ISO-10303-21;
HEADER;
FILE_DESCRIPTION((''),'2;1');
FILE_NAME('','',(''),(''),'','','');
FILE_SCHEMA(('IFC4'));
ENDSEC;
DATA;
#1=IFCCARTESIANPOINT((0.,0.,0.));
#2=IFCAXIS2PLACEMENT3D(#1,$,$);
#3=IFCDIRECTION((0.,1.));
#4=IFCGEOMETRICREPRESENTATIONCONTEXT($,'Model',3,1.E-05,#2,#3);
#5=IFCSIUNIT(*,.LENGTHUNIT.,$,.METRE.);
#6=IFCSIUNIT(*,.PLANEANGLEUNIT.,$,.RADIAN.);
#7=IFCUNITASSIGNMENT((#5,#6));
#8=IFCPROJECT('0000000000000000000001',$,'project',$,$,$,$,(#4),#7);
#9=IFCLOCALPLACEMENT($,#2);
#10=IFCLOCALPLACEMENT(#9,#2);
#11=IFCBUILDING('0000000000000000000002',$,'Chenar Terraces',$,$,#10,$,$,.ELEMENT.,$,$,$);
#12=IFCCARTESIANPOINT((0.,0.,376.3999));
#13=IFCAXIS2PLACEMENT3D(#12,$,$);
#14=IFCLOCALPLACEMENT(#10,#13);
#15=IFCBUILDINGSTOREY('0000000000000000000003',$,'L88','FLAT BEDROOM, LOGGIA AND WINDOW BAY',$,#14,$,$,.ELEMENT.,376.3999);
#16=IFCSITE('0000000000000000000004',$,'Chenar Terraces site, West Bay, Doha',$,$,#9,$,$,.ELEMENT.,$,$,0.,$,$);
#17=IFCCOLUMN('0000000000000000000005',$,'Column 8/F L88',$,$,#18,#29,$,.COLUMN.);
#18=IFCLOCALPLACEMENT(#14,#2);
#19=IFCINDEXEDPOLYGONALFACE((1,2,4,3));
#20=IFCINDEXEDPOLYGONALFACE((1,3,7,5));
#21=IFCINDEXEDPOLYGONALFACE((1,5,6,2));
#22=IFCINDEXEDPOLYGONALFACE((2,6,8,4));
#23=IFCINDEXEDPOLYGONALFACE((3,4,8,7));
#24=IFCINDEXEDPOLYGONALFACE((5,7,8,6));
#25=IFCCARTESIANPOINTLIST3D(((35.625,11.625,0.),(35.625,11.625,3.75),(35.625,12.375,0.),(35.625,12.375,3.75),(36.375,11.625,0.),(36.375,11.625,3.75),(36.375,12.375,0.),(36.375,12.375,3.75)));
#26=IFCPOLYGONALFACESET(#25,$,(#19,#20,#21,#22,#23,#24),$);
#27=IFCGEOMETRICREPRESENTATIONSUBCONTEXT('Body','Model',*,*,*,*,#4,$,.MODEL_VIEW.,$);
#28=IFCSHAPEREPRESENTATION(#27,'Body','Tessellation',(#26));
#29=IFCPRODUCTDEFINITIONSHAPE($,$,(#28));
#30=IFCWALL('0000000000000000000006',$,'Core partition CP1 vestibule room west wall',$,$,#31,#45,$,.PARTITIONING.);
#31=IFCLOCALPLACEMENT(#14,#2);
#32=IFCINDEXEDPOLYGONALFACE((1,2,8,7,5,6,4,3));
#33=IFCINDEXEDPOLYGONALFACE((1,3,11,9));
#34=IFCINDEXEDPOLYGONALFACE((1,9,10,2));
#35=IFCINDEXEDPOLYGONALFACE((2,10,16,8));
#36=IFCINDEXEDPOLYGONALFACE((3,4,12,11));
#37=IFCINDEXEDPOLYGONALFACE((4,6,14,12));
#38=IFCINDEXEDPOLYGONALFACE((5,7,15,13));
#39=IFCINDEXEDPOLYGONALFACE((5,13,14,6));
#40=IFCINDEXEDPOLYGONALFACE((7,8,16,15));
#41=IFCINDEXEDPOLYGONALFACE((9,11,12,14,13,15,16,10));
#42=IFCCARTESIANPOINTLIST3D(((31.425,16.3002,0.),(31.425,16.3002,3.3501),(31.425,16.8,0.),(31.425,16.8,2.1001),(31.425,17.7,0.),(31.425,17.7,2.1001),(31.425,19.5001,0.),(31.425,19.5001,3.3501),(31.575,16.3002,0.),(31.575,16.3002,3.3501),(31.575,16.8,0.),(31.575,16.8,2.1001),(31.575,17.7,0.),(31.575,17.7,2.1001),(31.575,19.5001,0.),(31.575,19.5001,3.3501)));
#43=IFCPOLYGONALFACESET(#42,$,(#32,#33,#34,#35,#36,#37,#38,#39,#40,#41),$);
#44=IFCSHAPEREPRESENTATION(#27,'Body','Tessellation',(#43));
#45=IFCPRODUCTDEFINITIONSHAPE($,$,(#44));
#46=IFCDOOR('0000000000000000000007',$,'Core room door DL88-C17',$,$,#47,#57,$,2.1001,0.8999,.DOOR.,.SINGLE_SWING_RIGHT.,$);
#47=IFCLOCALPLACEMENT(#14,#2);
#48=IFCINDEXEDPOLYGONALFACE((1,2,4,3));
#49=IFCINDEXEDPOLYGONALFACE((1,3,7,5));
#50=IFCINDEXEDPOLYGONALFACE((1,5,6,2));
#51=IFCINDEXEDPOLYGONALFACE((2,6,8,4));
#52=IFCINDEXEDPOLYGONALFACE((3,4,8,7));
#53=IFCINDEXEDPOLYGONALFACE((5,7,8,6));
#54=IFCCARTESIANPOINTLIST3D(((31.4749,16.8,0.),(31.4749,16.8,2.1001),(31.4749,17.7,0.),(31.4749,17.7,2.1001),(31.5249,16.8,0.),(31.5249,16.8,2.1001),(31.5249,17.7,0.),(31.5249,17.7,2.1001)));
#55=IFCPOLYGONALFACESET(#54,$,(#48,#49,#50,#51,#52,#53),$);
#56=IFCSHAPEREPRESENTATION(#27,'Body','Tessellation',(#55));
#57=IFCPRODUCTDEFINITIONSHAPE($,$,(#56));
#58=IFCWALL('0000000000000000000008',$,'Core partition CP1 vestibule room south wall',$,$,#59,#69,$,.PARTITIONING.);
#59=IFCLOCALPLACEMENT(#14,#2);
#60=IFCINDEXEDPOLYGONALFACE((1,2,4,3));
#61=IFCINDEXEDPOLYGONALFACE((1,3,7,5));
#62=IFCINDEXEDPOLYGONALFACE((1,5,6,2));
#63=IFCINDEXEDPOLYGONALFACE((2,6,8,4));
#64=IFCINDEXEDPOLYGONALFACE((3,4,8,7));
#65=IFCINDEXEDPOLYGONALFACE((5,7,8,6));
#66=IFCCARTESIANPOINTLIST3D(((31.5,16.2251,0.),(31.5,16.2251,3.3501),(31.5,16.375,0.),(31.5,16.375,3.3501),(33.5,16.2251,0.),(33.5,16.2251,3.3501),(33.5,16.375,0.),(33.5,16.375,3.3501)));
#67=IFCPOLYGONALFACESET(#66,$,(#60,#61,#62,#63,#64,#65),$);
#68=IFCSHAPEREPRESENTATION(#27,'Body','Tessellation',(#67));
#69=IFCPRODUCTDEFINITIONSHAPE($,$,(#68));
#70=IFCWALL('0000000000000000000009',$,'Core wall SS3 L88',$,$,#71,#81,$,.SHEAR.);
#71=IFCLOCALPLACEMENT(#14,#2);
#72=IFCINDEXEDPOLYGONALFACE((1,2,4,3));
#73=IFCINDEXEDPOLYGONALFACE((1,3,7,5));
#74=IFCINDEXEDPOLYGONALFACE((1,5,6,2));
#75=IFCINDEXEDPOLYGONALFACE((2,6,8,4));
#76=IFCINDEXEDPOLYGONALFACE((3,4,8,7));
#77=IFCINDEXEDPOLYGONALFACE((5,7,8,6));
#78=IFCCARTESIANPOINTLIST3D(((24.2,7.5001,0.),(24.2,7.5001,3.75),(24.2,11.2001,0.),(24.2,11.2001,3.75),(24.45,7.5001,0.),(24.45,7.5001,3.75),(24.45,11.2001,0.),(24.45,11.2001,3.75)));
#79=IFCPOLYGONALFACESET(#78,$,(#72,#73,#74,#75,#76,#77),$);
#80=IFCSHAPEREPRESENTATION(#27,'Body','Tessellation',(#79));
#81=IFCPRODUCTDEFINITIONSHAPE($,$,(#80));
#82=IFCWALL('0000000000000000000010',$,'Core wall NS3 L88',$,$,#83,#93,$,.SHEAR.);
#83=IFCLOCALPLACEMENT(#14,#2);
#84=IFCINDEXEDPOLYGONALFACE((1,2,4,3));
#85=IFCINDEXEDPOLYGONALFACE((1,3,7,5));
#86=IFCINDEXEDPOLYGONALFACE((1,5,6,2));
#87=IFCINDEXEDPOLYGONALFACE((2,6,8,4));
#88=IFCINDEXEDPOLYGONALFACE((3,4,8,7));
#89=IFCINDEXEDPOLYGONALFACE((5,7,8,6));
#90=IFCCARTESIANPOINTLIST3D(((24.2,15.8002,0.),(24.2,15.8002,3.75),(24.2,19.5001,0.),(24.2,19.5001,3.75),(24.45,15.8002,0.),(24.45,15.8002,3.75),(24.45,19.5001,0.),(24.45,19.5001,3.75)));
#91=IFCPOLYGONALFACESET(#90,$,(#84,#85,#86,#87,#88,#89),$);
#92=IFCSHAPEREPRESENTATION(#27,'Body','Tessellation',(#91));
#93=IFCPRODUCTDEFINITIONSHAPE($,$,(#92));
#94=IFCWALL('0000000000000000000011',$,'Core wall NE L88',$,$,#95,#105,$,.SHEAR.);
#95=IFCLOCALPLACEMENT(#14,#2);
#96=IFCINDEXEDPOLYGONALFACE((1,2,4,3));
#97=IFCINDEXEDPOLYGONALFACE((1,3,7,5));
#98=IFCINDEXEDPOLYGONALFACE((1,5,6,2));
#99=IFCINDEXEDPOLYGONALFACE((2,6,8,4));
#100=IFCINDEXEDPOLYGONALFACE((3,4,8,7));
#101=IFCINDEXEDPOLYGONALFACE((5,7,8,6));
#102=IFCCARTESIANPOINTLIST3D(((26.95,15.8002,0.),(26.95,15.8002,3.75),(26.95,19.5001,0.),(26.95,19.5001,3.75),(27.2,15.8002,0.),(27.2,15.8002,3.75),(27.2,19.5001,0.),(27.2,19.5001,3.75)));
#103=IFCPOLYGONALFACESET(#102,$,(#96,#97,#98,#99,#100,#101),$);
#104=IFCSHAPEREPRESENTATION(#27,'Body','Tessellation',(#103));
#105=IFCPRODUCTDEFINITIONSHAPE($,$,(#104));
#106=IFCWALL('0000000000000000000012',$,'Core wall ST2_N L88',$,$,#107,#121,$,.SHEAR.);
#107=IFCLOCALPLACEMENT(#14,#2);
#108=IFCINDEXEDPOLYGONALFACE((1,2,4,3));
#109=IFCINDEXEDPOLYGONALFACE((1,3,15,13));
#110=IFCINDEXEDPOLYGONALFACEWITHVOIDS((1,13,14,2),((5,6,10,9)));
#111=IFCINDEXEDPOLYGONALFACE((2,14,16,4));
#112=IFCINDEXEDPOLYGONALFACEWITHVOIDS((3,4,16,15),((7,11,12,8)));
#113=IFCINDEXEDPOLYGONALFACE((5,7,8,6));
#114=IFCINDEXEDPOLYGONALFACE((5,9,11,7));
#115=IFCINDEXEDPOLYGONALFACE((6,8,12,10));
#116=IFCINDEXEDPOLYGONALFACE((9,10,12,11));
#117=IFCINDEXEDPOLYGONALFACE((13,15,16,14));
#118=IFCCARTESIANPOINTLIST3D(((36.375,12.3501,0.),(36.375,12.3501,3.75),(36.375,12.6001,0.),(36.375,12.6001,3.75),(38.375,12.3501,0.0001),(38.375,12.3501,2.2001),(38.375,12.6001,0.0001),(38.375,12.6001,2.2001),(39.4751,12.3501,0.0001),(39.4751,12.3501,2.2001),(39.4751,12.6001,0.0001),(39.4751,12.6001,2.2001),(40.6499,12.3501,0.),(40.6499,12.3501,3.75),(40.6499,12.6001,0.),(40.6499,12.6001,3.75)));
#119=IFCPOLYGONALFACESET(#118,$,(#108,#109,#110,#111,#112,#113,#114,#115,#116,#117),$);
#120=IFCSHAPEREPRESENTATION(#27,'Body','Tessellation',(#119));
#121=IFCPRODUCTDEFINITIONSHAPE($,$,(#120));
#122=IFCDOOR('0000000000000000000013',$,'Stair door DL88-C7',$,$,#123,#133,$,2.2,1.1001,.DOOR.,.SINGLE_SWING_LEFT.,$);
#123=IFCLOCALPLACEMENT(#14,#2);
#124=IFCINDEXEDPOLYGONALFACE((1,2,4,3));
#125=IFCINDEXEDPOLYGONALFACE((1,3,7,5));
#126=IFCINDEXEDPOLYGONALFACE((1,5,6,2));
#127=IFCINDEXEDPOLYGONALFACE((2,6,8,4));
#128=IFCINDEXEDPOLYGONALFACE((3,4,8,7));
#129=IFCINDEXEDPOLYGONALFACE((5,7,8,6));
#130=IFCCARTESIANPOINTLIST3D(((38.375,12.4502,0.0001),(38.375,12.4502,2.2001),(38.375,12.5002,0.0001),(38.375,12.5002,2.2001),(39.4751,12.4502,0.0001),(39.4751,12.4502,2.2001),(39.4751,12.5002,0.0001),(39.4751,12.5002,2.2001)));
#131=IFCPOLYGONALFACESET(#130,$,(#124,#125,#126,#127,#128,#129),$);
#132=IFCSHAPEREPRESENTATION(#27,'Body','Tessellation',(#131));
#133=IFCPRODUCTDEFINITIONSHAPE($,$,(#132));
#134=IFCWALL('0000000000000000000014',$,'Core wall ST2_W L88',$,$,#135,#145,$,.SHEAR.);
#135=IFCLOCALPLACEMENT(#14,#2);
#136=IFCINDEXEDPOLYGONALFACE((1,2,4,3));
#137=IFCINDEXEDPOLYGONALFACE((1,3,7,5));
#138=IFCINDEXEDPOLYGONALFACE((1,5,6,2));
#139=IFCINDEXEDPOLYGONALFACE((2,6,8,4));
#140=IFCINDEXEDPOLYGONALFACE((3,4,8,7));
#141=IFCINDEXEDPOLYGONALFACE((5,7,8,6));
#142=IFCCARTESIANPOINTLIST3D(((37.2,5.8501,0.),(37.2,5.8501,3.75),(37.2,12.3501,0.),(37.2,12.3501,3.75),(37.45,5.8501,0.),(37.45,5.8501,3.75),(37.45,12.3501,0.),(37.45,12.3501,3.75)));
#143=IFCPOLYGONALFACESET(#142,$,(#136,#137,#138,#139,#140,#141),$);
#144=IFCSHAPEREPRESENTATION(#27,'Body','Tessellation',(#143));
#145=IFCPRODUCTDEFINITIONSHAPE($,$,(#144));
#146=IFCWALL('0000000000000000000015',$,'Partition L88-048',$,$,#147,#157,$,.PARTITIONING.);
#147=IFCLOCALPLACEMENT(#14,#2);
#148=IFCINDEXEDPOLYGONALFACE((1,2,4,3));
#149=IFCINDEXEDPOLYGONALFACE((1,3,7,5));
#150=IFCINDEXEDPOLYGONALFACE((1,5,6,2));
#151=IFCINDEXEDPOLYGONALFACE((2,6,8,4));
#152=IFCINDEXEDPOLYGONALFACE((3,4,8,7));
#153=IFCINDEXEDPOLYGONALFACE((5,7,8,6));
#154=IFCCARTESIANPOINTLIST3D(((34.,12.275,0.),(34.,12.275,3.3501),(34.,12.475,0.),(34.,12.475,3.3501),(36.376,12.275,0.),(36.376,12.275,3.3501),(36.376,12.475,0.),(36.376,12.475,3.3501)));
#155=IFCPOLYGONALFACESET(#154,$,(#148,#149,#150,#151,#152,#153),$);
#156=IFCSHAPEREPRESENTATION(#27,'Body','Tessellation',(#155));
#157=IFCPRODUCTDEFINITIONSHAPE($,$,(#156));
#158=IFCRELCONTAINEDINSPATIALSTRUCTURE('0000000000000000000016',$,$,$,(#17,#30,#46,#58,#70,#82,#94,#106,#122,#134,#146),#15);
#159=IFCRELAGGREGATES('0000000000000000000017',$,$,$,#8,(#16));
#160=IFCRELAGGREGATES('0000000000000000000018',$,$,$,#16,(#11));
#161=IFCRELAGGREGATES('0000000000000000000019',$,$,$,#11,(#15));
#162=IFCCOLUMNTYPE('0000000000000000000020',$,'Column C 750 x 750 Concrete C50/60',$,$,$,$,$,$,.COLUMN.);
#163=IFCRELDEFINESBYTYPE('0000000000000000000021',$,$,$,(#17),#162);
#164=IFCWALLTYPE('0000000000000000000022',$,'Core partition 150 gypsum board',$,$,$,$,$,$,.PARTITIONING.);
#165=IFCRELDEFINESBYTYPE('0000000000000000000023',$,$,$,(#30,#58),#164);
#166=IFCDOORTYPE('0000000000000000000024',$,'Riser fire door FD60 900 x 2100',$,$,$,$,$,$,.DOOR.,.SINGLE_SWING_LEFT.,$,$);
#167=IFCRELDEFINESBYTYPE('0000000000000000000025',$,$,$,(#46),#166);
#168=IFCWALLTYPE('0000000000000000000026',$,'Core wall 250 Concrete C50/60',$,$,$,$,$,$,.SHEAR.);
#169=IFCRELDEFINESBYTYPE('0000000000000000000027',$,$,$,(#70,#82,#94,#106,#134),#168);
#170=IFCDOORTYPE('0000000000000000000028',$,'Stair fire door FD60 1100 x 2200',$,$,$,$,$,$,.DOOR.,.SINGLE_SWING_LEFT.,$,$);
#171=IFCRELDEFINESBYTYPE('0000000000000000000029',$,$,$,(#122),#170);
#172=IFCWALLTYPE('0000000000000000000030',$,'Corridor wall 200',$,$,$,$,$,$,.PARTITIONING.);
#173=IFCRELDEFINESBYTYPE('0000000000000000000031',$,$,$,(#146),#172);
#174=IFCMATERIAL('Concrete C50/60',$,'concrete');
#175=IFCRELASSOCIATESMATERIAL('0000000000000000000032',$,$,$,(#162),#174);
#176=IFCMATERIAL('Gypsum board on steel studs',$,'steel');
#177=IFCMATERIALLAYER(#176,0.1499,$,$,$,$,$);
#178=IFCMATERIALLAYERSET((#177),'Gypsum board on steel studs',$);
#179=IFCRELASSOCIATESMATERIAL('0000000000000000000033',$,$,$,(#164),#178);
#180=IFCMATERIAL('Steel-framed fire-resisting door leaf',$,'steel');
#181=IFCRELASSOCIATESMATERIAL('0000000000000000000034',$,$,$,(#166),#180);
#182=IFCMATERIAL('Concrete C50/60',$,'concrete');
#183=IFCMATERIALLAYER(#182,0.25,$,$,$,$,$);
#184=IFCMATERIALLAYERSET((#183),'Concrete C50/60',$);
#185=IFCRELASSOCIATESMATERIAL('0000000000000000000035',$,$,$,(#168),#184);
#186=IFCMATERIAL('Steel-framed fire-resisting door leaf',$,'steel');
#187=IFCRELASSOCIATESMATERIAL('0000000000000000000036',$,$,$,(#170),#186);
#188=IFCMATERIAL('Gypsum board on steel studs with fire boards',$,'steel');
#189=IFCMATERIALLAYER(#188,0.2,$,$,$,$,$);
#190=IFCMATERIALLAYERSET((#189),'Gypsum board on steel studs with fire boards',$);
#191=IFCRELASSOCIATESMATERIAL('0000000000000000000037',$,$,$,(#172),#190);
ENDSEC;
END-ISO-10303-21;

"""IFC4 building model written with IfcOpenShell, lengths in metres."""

from ifc_helpers import new_model, si_unit, direction, frame, frame_2d, origin, origin_2d, place, context, subcontext, project, spatial, rectangle, extrude, material, layer, layer_set, material_profile, profile_set, type_object, element, fill, save


model = new_model("IFC4")

# Units and contexts
model_context = context("Model", 3, precision=1e-05, world=origin(), true_north=direction((0.0, 1.0)))
body_context = subcontext(model_context, "Body", "Model", "MODEL_VIEW")
ifc_project = project(units=[si_unit("LENGTHUNIT", "METRE"), si_unit("PLANEANGLEUNIT", "RADIAN")], contexts=[model_context])

# Site, building, storey
site_placement = place(None, origin())
site = spatial("IfcSite", under=ifc_project, at=site_placement, Name="Chenar Terraces site, West Bay, Doha", CompositionType="ELEMENT", RefElevation=0.0)
building_placement = place(site_placement, origin())
building = spatial("IfcBuilding", under=site, at=building_placement, Name="Chenar Terraces", CompositionType="ELEMENT")
storey_placement = place(building_placement, frame((0.0, 0.0, 376.3999)))
storey = spatial("IfcBuildingStorey", under=building, at=storey_placement, Name="L88", Description="FLAT BEDROOM, LOGGIA AND WINDOW BAY", CompositionType="ELEMENT", Elevation=376.3999)

# Column
ifc_material_1 = material(Name="Concrete C50/60", Category="concrete")
ifc_material_profile = material_profile(ifc_material_1, rectangle(XDim=0.75, YDim=0.75, at=origin_2d()), Name="C 750 x 750")
ifc_profile_set = profile_set([ifc_material_profile], Name="Concrete C50/60")
column_type = type_object("IfcColumnType", Name="Column C 750 x 750 Concrete C50/60", PredefinedType="COLUMN", material=ifc_profile_set)
column_placement = place(storey_placement, frame((36.0, 12.0, 0.0), z_axis=(0.0, 0.0, 1.0), x_axis=(1.0, 0.0, 0.0)))
element("IfcColumn", 1, at=column_placement, inside=storey, type_object=column_type, Name="Column 8/F L88", PredefinedType="COLUMN", context=body_context, shape_type="SweptSolid", body=[
    extrude(rectangle(XDim=0.75, YDim=0.75, at=origin_2d()), origin(), (0.0, 0.0, 1.0), 3.75),
])

# Wall, opening, door
ifc_material_2 = material(Name="Gypsum board on steel studs", Category="steel")
ifc_layer_1 = layer(ifc_material_2, 0.1499)
ifc_layer_set_1 = layer_set([ifc_layer_1], Name="Gypsum board on steel studs")
wall_type_1 = type_object("IfcWallType", Name="Core partition 150 gypsum board", PredefinedType="PARTITIONING", material=ifc_layer_set_1)
wall_1_placement = place(storey_placement, frame((31.5, 16.3, 0.0), z_axis=(0.0, 0.0, 1.0), x_axis=(0.0, 1.0, 0.0)))
wall_1 = element("IfcWall", 2, at=wall_1_placement, inside=storey, type_object=wall_type_1, Name="Core partition CP1 vestibule room west wall", PredefinedType="PARTITIONING", context=body_context, shape_type="SweptSolid", body=[
    extrude(rectangle(XDim=3.2, YDim=0.1499, at=frame_2d((1.6001, 0.0))), origin(), (0.0, 0.0, 1.0), 3.3501),
])
opening_1_placement = place(wall_1_placement, frame((0.5, 0.0, 0.0)))
opening_1 = element("IfcOpeningElement", 3, at=opening_1_placement, cuts=wall_1, PredefinedType="OPENING", context=body_context, shape_type="SweptSolid", body=[
    extrude(rectangle(XDim=0.8999, YDim=2.1001, at=frame_2d((0.45, 1.05))), frame((0.0, 0.085, 0.0), z_axis=(0.0, -1.0, 0.0), x_axis=(1.0, 0.0, 0.0)), (0.0, 0.0, 1.0), 0.1699),
])
ifc_material_3 = material(Name="Steel-framed fire-resisting door leaf", Category="steel")
door_type_1 = type_object("IfcDoorType", Name="Riser fire door FD60 900 x 2100", OperationType="SINGLE_SWING_LEFT", PredefinedType="DOOR", material=ifc_material_3)
door_1_placement = place(opening_1_placement, frame((0.8999, 0.0, 0.0), z_axis=(0.0, 0.0, 1.0), x_axis=(-1.0, 0.0, 0.0)))
door_1 = element("IfcDoor", 4, at=door_1_placement, inside=storey, type_object=door_type_1, Name="Core room door DL88-C17", OperationType="SINGLE_SWING_RIGHT", OverallHeight=2.1001, OverallWidth=0.8999, PredefinedType="DOOR", context=body_context, shape_type="SweptSolid", body=[
    extrude(rectangle(XDim=0.8999, YDim=2.1001, at=frame_2d((0.45, 1.05))), frame((0.0, 0.0249, 0.0), z_axis=(0.0, -1.0, 0.0), x_axis=(1.0, 0.0, 0.0)), (0.0, 0.0, 1.0), 0.05),
])
fill(opening_1, door_1)

# Walls
wall_2_placement = place(storey_placement, frame((31.5, 16.3, 0.0), z_axis=(0.0, 0.0, 1.0), x_axis=(1.0, 0.0, 0.0)))
element("IfcWall", 5, at=wall_2_placement, inside=storey, type_object=wall_type_1, Name="Core partition CP1 vestibule room south wall", PredefinedType="PARTITIONING", context=body_context, shape_type="SweptSolid", body=[
    extrude(rectangle(XDim=2.0, YDim=0.1499, at=frame_2d((1.0, 0.0))), origin(), (0.0, 0.0, 1.0), 3.3501),
])
ifc_material_4 = material(Name="Concrete C50/60", Category="concrete")
ifc_layer_2 = layer(ifc_material_4, 0.25)
ifc_layer_set_2 = layer_set([ifc_layer_2], Name="Concrete C50/60")
wall_type_2 = type_object("IfcWallType", Name="Core wall 250 Concrete C50/60", PredefinedType="SHEAR", material=ifc_layer_set_2)
for number, where, z_axis, x_axis, name in (
    (6, (24.325, 7.5, 0.0), (0.0, 0.0, 1.0), (0.0, 1.0, 0.0), "Core wall SS3 L88"),
    (7, (24.325, 15.8, 0.0), (0.0, 0.0, 1.0), (0.0, 1.0, 0.0), "Core wall NS3 L88"),
    (8, (27.075, 15.8, 0.0), (0.0, 0.0, 1.0), (0.0, 1.0, 0.0), "Core wall NE L88"),
):
    element("IfcWall", number, at=place(storey_placement, frame(where, z_axis=z_axis, x_axis=x_axis)), inside=storey, type_object=wall_type_2, Name=name, PredefinedType="SHEAR", context=body_context, shape_type="SweptSolid", body=[
        extrude(rectangle(XDim=3.7, YDim=0.25, at=frame_2d((1.8501, 0.0))), origin(), (0.0, 0.0, 1.0), 3.75),
    ])

# Wall, opening, door
wall_3_placement = place(storey_placement, frame((36.375, 12.4751, 0.0), z_axis=(0.0, 0.0, 1.0), x_axis=(1.0, 0.0, 0.0)))
wall_3 = element("IfcWall", 9, at=wall_3_placement, inside=storey, type_object=wall_type_2, Name="Core wall ST2_N L88", PredefinedType="SHEAR", context=body_context, shape_type="SweptSolid", body=[
    extrude(rectangle(XDim=4.2749, YDim=0.25, at=frame_2d((2.1375, 0.0))), origin(), (0.0, 0.0, 1.0), 3.75),
])
opening_2_placement = place(wall_3_placement, frame((2.0, 0.0, 0.0)))
opening_2 = element("IfcOpeningElement", 10, at=opening_2_placement, cuts=wall_3, PredefinedType="OPENING", context=body_context, shape_type="SweptSolid", body=[
    extrude(rectangle(XDim=1.1001, YDim=2.2, at=frame_2d((0.55, 1.1001))), frame((0.0, 0.135, 0.0), z_axis=(0.0, -1.0, 0.0), x_axis=(1.0, 0.0, 0.0)), (0.0, 0.0, 1.0), 0.27),
])
ifc_material_5 = material(Name="Steel-framed fire-resisting door leaf", Category="steel")
door_type_2 = type_object("IfcDoorType", Name="Stair fire door FD60 1100 x 2200", OperationType="SINGLE_SWING_LEFT", PredefinedType="DOOR", material=ifc_material_5)
door_2_placement = place(opening_2_placement, frame((1.1001, 0.0, 0.0), z_axis=(0.0, 0.0, 1.0), x_axis=(-1.0, 0.0, 0.0)))
door_2 = element("IfcDoor", 11, at=door_2_placement, inside=storey, type_object=door_type_2, Name="Stair door DL88-C7", OperationType="SINGLE_SWING_LEFT", OverallHeight=2.2, OverallWidth=1.1001, PredefinedType="DOOR", context=body_context, shape_type="SweptSolid", body=[
    extrude(rectangle(XDim=1.1001, YDim=2.2, at=frame_2d((0.55, 1.1001))), frame((0.0, 0.0249, 0.0), z_axis=(0.0, -1.0, 0.0), x_axis=(1.0, 0.0, 0.0)), (0.0, 0.0, 1.0), 0.05),
])
fill(opening_2, door_2)

# Wall
wall_4_placement = place(storey_placement, frame((37.325, 5.8501, 0.0), z_axis=(0.0, 0.0, 1.0), x_axis=(0.0, 1.0, 0.0)))
element("IfcWall", 12, at=wall_4_placement, inside=storey, type_object=wall_type_2, Name="Core wall ST2_W L88", PredefinedType="SHEAR", context=body_context, shape_type="SweptSolid", body=[
    extrude(rectangle(XDim=6.5, YDim=0.25, at=frame_2d((3.25, 0.0))), origin(), (0.0, 0.0, 1.0), 3.75),
])

# Wall
ifc_material_6 = material(Name="Gypsum board on steel studs with fire boards", Category="steel")
ifc_layer_3 = layer(ifc_material_6, 0.2)
ifc_layer_set_3 = layer_set([ifc_layer_3], Name="Gypsum board on steel studs with fire boards")
wall_type_3 = type_object("IfcWallType", Name="Corridor wall 200", PredefinedType="PARTITIONING", material=ifc_layer_set_3)
wall_5_placement = place(storey_placement, frame((34.0, 12.375, 0.0), z_axis=(0.0, 0.0, 1.0), x_axis=(1.0, 0.0, 0.0)))
element("IfcWall", 13, at=wall_5_placement, inside=storey, type_object=wall_type_3, Name="Partition L88-048", PredefinedType="PARTITIONING", context=body_context, shape_type="SweptSolid", body=[
    extrude(rectangle(XDim=2.376, YDim=0.2, at=frame_2d((1.188, 0.0))), origin(), (0.0, 0.0, 1.0), 3.3501),
])

save(model, "model.ifc")
